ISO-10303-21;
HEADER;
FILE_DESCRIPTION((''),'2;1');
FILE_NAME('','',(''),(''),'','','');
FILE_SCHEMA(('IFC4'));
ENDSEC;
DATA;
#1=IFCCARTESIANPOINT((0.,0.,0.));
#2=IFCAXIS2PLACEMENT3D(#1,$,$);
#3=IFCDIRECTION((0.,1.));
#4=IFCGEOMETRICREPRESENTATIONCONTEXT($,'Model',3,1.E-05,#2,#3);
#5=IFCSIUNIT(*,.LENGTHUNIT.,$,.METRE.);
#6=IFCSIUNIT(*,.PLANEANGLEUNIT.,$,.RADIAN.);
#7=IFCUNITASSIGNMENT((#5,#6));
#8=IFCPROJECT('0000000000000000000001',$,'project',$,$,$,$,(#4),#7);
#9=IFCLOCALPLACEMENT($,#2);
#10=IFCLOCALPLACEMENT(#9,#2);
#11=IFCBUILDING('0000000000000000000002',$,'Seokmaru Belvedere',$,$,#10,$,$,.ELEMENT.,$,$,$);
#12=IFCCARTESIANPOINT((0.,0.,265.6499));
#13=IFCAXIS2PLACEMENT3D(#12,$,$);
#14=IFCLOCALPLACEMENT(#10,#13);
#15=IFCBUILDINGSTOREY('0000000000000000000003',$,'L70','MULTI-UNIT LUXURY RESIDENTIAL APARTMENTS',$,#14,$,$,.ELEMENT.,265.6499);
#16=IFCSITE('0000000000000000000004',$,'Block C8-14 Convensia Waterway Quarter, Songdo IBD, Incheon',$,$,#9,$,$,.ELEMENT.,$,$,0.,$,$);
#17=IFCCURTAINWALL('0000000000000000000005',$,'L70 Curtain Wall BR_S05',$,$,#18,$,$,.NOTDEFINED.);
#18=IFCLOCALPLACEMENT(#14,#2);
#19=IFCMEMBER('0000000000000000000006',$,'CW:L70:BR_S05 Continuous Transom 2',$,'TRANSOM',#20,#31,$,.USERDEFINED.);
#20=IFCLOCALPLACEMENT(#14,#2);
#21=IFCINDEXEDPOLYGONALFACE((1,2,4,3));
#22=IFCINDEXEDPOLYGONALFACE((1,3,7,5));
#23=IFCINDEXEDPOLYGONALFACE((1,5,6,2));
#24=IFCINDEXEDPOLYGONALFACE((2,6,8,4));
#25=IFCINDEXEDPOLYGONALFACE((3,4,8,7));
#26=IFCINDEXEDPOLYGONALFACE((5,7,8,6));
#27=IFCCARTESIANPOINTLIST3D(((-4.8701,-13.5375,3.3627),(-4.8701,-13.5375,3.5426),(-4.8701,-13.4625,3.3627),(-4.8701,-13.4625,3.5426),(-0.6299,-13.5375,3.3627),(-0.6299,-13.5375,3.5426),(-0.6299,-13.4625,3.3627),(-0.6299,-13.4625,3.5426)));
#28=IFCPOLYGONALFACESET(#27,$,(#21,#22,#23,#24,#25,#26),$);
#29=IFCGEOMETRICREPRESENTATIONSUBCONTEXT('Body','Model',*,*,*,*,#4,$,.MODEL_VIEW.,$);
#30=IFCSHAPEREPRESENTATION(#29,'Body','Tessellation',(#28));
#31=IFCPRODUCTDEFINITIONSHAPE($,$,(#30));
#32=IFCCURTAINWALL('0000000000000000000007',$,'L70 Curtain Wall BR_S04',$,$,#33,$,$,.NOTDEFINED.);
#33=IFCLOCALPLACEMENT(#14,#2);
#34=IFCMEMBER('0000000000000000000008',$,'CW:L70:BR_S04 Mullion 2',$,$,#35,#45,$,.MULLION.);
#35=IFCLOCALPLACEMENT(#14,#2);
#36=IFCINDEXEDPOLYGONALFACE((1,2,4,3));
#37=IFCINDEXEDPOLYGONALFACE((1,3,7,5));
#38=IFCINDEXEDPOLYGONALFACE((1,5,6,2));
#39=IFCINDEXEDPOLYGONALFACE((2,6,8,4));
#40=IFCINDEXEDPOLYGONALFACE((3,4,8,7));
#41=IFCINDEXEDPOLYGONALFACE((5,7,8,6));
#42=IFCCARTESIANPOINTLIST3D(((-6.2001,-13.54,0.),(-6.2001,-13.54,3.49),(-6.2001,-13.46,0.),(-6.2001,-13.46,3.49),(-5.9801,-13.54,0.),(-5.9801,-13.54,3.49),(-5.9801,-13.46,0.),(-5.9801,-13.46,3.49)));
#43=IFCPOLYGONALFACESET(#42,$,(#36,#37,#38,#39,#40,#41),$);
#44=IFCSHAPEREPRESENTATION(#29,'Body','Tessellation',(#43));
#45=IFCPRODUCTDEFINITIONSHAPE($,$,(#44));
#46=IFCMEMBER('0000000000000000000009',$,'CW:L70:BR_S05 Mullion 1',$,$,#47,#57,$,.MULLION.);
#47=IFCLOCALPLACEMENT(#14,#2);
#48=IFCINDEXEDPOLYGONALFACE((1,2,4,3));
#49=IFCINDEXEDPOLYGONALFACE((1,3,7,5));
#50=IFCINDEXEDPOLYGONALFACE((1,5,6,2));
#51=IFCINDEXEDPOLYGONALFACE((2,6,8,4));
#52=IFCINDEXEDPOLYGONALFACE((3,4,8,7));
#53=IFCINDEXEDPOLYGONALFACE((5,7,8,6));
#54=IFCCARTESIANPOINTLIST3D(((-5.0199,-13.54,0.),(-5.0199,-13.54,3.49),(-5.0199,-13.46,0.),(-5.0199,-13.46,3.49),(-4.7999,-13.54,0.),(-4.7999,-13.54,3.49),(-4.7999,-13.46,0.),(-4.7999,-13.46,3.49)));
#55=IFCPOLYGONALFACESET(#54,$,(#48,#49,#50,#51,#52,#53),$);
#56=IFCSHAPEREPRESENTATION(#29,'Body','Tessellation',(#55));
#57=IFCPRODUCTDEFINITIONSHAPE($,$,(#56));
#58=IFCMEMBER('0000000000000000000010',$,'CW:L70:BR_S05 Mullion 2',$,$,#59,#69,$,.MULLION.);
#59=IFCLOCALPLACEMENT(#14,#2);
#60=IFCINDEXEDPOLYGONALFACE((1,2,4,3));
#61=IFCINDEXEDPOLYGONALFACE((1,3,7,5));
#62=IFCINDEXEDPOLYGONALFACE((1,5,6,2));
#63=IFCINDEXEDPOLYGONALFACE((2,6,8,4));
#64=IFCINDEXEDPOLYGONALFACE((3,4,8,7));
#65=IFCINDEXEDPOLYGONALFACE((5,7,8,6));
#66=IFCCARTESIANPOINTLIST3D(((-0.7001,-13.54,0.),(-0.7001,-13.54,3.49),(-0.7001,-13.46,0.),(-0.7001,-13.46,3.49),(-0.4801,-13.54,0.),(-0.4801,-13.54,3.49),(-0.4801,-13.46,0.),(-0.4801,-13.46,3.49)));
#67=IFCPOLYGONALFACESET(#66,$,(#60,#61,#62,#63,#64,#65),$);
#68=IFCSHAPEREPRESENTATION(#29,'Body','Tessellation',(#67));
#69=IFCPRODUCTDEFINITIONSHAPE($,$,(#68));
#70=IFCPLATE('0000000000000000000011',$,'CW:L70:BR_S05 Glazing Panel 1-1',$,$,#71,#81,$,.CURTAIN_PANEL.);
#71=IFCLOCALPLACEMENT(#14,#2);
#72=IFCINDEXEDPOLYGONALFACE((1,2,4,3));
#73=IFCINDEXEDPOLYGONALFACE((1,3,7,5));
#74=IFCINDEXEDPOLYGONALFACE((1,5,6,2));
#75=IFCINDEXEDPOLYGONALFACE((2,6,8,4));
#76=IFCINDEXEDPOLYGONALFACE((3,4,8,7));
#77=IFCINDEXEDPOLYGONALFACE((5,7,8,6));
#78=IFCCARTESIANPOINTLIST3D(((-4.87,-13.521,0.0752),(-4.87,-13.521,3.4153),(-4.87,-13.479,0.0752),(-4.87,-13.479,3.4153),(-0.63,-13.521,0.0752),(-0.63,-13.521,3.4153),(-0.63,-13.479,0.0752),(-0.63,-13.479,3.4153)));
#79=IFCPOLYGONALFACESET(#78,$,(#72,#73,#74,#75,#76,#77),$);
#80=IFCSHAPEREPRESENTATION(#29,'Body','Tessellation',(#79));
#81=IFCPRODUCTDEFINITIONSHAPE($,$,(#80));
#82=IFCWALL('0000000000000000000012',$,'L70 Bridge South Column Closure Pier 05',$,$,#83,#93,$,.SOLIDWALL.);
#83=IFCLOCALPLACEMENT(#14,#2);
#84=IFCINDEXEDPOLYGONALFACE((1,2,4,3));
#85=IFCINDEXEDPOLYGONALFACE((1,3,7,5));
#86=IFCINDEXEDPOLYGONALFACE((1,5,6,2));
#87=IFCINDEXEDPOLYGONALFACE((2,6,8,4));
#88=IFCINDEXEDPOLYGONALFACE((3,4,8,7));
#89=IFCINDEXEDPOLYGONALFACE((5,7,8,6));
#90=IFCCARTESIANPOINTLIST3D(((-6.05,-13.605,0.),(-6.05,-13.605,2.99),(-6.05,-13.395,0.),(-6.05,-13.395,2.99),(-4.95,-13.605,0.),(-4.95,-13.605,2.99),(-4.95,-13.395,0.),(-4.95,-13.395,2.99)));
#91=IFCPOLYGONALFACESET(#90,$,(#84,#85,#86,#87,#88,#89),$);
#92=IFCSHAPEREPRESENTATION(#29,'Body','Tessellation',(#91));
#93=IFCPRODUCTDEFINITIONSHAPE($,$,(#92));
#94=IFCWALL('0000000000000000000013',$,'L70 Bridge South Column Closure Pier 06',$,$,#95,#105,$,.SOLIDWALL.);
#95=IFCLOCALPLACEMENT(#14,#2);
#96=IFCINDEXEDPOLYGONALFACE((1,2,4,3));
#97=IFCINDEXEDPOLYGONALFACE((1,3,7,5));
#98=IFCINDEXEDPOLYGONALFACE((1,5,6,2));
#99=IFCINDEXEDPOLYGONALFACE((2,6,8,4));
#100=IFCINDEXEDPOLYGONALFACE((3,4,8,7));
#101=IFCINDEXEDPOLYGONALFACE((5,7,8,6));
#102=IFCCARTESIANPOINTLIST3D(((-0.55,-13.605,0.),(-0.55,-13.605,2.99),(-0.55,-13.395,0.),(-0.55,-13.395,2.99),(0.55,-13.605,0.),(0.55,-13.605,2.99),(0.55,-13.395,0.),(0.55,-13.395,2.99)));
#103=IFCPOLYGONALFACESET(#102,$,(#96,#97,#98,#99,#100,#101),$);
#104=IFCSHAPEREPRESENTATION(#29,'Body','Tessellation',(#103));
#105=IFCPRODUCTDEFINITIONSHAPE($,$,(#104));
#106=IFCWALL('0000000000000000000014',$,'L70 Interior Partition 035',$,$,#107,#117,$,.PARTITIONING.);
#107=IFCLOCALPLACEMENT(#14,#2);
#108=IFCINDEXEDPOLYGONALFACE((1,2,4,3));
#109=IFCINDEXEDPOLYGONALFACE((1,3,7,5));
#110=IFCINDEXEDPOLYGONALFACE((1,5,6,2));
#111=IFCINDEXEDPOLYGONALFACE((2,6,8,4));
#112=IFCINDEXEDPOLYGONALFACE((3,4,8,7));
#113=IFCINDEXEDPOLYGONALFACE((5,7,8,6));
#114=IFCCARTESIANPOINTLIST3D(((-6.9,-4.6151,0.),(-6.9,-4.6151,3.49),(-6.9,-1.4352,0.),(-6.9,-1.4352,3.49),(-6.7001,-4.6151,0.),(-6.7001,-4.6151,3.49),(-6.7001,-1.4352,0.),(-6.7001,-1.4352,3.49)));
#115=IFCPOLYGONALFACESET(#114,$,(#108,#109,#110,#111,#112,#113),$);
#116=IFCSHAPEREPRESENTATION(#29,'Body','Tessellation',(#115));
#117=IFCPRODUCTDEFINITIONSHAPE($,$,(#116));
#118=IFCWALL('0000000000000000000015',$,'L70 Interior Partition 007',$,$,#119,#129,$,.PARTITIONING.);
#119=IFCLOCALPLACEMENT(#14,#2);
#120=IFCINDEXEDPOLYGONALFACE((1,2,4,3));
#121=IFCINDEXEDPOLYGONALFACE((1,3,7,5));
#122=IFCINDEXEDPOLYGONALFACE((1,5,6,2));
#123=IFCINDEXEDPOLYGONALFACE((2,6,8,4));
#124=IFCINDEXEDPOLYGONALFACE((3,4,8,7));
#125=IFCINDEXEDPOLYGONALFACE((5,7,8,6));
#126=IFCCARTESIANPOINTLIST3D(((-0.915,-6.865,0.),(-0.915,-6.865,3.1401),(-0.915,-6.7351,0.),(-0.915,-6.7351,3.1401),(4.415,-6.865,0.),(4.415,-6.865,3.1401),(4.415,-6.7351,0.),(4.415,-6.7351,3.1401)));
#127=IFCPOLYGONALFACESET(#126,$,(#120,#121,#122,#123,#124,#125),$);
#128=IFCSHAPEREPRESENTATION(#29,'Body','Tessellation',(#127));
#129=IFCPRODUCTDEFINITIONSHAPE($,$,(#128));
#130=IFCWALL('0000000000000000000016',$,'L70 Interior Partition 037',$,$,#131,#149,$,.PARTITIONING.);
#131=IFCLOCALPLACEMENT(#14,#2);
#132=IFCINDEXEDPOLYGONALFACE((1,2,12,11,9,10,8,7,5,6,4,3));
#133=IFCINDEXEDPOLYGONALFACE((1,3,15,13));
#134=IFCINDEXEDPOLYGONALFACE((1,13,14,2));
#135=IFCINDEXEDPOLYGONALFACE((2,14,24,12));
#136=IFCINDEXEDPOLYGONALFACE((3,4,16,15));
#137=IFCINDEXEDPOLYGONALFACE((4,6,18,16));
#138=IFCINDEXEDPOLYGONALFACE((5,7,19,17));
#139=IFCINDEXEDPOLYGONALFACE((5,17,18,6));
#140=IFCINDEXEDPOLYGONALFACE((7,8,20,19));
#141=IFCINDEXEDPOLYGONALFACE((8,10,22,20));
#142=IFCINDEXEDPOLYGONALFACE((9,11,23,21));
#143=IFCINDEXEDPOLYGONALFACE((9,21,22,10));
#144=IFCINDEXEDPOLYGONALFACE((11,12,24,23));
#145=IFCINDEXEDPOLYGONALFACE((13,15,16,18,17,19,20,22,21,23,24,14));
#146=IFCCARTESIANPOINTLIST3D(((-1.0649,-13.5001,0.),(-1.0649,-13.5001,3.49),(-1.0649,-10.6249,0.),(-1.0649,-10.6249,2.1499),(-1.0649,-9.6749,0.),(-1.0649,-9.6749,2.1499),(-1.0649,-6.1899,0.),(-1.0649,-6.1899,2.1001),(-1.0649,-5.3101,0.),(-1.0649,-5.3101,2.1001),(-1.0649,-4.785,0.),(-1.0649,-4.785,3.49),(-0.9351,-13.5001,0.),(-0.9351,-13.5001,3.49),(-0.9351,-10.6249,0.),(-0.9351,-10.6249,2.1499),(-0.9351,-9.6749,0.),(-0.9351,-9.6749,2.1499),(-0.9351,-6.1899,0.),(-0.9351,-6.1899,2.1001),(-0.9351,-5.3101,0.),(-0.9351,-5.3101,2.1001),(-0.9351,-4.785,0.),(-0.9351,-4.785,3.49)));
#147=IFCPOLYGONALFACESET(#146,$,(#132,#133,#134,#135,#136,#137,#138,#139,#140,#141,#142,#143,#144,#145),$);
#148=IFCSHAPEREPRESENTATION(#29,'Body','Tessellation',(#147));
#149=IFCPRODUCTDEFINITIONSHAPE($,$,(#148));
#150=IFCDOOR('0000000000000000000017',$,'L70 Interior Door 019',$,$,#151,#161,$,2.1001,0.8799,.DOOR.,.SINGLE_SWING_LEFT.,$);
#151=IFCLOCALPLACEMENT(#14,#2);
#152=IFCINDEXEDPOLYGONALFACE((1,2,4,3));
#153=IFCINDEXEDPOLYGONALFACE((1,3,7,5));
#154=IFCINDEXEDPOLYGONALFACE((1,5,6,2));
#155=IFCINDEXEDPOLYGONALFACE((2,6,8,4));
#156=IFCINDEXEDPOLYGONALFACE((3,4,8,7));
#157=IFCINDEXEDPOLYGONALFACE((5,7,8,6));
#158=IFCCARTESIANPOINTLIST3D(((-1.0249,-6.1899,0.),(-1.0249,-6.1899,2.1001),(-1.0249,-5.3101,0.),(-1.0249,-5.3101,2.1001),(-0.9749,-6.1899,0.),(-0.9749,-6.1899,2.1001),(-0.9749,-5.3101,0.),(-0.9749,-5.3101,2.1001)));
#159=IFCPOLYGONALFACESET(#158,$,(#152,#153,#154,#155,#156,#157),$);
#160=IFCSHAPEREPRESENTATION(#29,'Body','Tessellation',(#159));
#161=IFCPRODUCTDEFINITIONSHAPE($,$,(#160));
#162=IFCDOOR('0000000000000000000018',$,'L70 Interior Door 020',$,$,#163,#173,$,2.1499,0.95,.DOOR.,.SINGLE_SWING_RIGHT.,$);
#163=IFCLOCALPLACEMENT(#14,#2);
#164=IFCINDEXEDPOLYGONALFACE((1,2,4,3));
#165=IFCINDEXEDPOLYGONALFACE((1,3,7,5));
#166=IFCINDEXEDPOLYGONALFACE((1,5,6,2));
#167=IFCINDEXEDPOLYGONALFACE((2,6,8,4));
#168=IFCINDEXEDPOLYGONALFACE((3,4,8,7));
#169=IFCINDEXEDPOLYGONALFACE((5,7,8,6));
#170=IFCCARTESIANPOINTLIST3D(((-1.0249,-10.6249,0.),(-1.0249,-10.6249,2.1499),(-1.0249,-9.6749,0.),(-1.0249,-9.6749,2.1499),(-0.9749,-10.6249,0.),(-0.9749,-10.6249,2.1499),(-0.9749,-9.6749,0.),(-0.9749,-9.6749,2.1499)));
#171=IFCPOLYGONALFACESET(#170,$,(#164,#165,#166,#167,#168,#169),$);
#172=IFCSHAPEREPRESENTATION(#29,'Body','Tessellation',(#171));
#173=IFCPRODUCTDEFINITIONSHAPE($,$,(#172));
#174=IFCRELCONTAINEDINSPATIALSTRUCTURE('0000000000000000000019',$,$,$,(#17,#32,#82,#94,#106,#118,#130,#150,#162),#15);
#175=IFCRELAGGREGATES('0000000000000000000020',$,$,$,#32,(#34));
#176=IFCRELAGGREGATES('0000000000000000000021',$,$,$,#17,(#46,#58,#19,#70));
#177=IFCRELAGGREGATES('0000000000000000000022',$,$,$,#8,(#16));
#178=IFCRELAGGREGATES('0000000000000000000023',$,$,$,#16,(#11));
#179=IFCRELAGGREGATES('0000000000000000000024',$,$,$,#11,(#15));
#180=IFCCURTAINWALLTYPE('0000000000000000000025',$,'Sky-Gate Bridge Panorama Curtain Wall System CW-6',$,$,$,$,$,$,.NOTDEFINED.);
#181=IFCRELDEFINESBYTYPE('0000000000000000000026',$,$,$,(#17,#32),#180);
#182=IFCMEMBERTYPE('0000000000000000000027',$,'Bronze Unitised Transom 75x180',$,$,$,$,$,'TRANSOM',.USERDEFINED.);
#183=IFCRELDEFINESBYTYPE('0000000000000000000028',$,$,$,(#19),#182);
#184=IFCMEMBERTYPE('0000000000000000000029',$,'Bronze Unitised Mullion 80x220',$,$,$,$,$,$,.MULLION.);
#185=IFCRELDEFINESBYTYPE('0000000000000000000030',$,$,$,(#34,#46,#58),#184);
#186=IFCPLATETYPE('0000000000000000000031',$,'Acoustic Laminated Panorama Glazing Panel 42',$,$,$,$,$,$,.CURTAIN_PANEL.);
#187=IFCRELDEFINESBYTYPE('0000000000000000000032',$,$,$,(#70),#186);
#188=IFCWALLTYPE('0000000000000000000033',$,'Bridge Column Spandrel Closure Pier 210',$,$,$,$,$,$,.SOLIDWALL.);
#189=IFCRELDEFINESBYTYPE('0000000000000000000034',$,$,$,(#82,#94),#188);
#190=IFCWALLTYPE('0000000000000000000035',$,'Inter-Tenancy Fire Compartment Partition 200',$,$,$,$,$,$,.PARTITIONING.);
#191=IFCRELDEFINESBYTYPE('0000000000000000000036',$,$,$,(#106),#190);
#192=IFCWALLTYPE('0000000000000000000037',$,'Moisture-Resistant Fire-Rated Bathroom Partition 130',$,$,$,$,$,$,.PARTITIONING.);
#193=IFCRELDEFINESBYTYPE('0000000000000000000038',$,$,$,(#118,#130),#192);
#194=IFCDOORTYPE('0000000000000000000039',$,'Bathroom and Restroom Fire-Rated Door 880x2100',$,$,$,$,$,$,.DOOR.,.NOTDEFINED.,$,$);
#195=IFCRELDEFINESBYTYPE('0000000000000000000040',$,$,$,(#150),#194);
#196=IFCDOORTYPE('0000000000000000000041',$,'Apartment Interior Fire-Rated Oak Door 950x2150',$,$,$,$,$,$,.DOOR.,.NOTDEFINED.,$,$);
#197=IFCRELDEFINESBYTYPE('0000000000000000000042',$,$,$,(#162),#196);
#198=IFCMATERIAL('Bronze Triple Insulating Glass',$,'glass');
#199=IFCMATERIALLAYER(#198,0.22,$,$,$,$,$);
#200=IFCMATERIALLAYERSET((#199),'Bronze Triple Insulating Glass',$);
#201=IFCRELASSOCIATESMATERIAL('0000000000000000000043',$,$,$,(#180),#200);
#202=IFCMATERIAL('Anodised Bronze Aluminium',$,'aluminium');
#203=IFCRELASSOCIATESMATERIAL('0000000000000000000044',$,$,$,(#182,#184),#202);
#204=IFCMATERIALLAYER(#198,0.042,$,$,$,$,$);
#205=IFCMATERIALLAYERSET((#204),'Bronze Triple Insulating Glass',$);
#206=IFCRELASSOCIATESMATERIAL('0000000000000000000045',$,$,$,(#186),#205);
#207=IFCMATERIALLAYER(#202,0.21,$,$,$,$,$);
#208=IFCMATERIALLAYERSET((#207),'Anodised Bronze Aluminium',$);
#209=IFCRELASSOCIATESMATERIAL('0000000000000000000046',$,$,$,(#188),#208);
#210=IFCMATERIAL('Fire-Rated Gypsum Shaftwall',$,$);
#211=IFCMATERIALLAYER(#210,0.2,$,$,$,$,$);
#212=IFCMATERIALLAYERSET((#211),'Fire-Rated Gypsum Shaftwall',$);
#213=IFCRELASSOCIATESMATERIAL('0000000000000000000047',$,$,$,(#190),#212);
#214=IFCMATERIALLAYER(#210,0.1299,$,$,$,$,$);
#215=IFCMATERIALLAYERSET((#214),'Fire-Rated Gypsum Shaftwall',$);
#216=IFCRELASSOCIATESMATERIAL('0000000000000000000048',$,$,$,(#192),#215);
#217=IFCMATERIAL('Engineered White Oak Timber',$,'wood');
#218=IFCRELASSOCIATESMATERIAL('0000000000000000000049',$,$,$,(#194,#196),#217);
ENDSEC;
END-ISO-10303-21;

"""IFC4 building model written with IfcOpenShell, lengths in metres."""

from ifc_helpers import new_model, si_unit, direction, frame, frame_2d, origin, origin_2d, place, context, subcontext, project, spatial, rectangle, extrude, source, transform, mapped, material, layer, layer_set, material_profile, profile_set, type_object, type_shapes, element, fill, aggregate, save


model = new_model("IFC4")

# Units and contexts
model_context = context("Model", 3, precision=1e-05, world=origin(), true_north=direction((0.0, 1.0)))
body_context = subcontext(model_context, "Body", "Model", "MODEL_VIEW")
ifc_project = project(units=[si_unit("LENGTHUNIT", "METRE"), si_unit("PLANEANGLEUNIT", "RADIAN")], contexts=[model_context])

# Site, building, storey
site_placement = place(None, origin())
site = spatial("IfcSite", under=ifc_project, at=site_placement, Name="Block C8-14 Convensia Waterway Quarter, Songdo IBD, Incheon", CompositionType="ELEMENT", RefElevation=0.0)
building_placement = place(site_placement, origin())
building = spatial("IfcBuilding", under=site, at=building_placement, Name="Seokmaru Belvedere", CompositionType="ELEMENT")
storey_placement = place(building_placement, frame((0.0, 0.0, 265.6499)))
storey = spatial("IfcBuildingStorey", under=building, at=storey_placement, Name="L70", Description="MULTI-UNIT LUXURY RESIDENTIAL APARTMENTS", CompositionType="ELEMENT", Elevation=265.6499)

# Curtain wall, member
ifc_material_1 = material(Name="Bronze Triple Insulating Glass", Category="glass")
ifc_layer_1 = layer(ifc_material_1, 0.22)
ifc_layer_set_1 = layer_set([ifc_layer_1], Name="Bronze Triple Insulating Glass")
curtain_wall_type = type_object("IfcCurtainWallType", Name="Sky-Gate Bridge Panorama Curtain Wall System CW-6", PredefinedType="NOTDEFINED", material=ifc_layer_set_1)
curtain_wall_1_placement = place(storey_placement, origin())
curtain_wall_1 = element("IfcCurtainWall", 1, at=curtain_wall_1_placement, inside=storey, type_object=curtain_wall_type, Name="L70 Curtain Wall BR_S05", PredefinedType="NOTDEFINED")
ifc_material_2 = material(Name="Anodised Bronze Aluminium", Category="aluminium")
ifc_material_profile_1 = material_profile(ifc_material_2, rectangle(XDim=0.075, YDim=0.1799, at=origin_2d()), Name="CW-T-75x180")
ifc_profile_set_1 = profile_set([ifc_material_profile_1], Name="Anodised Bronze Aluminium")
member_type_1 = type_object("IfcMemberType", Name="Bronze Unitised Transom 75x180", ElementType="TRANSOM", PredefinedType="USERDEFINED", material=ifc_profile_set_1)
shared_shape_1 = source(origin(), body_context, "Body", "SweptSolid", [
    extrude(rectangle(XDim=0.075, YDim=0.1799, at=origin_2d()), origin(), (0.0, 0.0, 1.0), 4.2402),
])
type_shapes(member_type_1, [shared_shape_1])
member_1_placement = place(storey_placement, frame((-4.8701, -13.5, 3.4526), z_axis=(1.0, 0.0, 0.0), x_axis=(0.0, 1.0, 0.0)))
member_1 = element("IfcMember", 2, at=member_1_placement, type_object=member_type_1, Name="CW:L70:BR_S05 Continuous Transom 2", ObjectType="TRANSOM", PredefinedType="USERDEFINED", context=body_context, shape_type="MappedRepresentation", body=[
    mapped(shared_shape_1, transform((0.0, 0.0, 0.0), scale=1.0)),
])

# Curtain wall, member
curtain_wall_2_placement = place(storey_placement, origin())
curtain_wall_2 = element("IfcCurtainWall", 3, at=curtain_wall_2_placement, inside=storey, type_object=curtain_wall_type, Name="L70 Curtain Wall BR_S04", PredefinedType="NOTDEFINED")
ifc_material_profile_2 = material_profile(ifc_material_2, rectangle(XDim=0.0801, YDim=0.22, at=origin_2d()), Name="CW-M-80x220")
ifc_profile_set_2 = profile_set([ifc_material_profile_2], Name="Anodised Bronze Aluminium")
member_type_2 = type_object("IfcMemberType", Name="Bronze Unitised Mullion 80x220", PredefinedType="MULLION", material=ifc_profile_set_2)
shared_shape_2 = source(origin(), body_context, "Body", "SweptSolid", [
    extrude(rectangle(XDim=0.0801, YDim=0.22, at=origin_2d()), origin(), (0.0, 0.0, 1.0), 3.49),
])
type_shapes(member_type_2, [shared_shape_2])
member_2_placement = place(storey_placement, frame((-6.0901, -13.5, 0.0), z_axis=(0.0, 0.0, 1.0), x_axis=(0.0, 1.0, 0.0)))
member_2 = element("IfcMember", 4, at=member_2_placement, type_object=member_type_2, Name="CW:L70:BR_S04 Mullion 2", PredefinedType="MULLION", context=body_context, shape_type="MappedRepresentation", body=[
    mapped(shared_shape_2, transform((0.0, 0.0, 0.0), scale=1.0)),
])
aggregate(curtain_wall_2, [member_2])

# Members
member_3_placement = place(storey_placement, frame((-4.9099, -13.5, 0.0), z_axis=(0.0, 0.0, 1.0), x_axis=(0.0, 1.0, 0.0)))
member_3 = element("IfcMember", 5, at=member_3_placement, type_object=member_type_2, Name="CW:L70:BR_S05 Mullion 1", PredefinedType="MULLION", context=body_context, shape_type="MappedRepresentation", body=[
    mapped(shared_shape_2, transform((0.0, 0.0, 0.0), scale=1.0)),
])
member_4_placement = place(storey_placement, frame((-0.5901, -13.5, 0.0), z_axis=(0.0, 0.0, 1.0), x_axis=(0.0, 1.0, 0.0)))
member_4 = element("IfcMember", 6, at=member_4_placement, type_object=member_type_2, Name="CW:L70:BR_S05 Mullion 2", PredefinedType="MULLION", context=body_context, shape_type="MappedRepresentation", body=[
    mapped(shared_shape_2, transform((0.0, 0.0, 0.0), scale=1.0)),
])

# Plate
ifc_layer_2 = layer(ifc_material_1, 0.042)
ifc_layer_set_2 = layer_set([ifc_layer_2], Name="Bronze Triple Insulating Glass")
plate_type = type_object("IfcPlateType", Name="Acoustic Laminated Panorama Glazing Panel 42", PredefinedType="CURTAIN_PANEL", material=ifc_layer_set_2)
shared_shape_3 = source(origin(), body_context, "Body", "SweptSolid", [
    extrude(rectangle(XDim=4.24, YDim=0.042, at=origin_2d()), origin(), (0.0, 0.0, 1.0), 3.3401),
])
type_shapes(plate_type, [shared_shape_3])
plate_placement = place(storey_placement, frame((-2.75, -13.5, 0.0752), z_axis=(0.0, 0.0, 1.0), x_axis=(1.0, 0.0, 0.0)))
plate = element("IfcPlate", 7, at=plate_placement, type_object=plate_type, Name="CW:L70:BR_S05 Glazing Panel 1-1", PredefinedType="CURTAIN_PANEL", context=body_context, shape_type="MappedRepresentation", body=[
    mapped(shared_shape_3, transform((0.0, 0.0, 0.0), scale=1.0)),
])
aggregate(curtain_wall_1, [member_3, member_4, member_1, plate])

# Walls
ifc_layer_3 = layer(ifc_material_2, 0.21)
ifc_layer_set_3 = layer_set([ifc_layer_3], Name="Anodised Bronze Aluminium")
wall_type_1 = type_object("IfcWallType", Name="Bridge Column Spandrel Closure Pier 210", PredefinedType="SOLIDWALL", material=ifc_layer_set_3)
for number, where, z_axis, x_axis, name in (
    (8, (-6.05, -13.5, 0.0), (0.0, 0.0, 1.0), (1.0, 0.0, 0.0), "L70 Bridge South Column Closure Pier 05"),
    (9, (-0.55, -13.5, 0.0), (0.0, 0.0, 1.0), (1.0, 0.0, 0.0), "L70 Bridge South Column Closure Pier 06"),
):
    element("IfcWall", number, at=place(storey_placement, frame(where, z_axis=z_axis, x_axis=x_axis)), inside=storey, type_object=wall_type_1, Name=name, PredefinedType="SOLIDWALL", context=body_context, shape_type="SweptSolid", body=[
        extrude(rectangle(XDim=1.1001, YDim=0.21, at=frame_2d((0.55, 0.0))), origin(), (0.0, 0.0, 1.0), 2.99),
    ])
ifc_material_3 = material(Name="Fire-Rated Gypsum Shaftwall")
ifc_layer_4 = layer(ifc_material_3, 0.2)
ifc_layer_set_4 = layer_set([ifc_layer_4], Name="Fire-Rated Gypsum Shaftwall")
wall_type_2 = type_object("IfcWallType", Name="Inter-Tenancy Fire Compartment Partition 200", PredefinedType="PARTITIONING", material=ifc_layer_set_4)
wall_1_placement = place(storey_placement, frame((-6.8, -4.615, 0.0), z_axis=(0.0, 0.0, 1.0), x_axis=(0.0, 1.0, 0.0)))
element("IfcWall", 10, at=wall_1_placement, inside=storey, type_object=wall_type_2, Name="L70 Interior Partition 035", PredefinedType="PARTITIONING", context=body_context, shape_type="SweptSolid", body=[
    extrude(rectangle(XDim=3.1799, YDim=0.2, at=frame_2d((1.5898, 0.0))), origin(), (0.0, 0.0, 1.0), 3.49),
])
ifc_layer_5 = layer(ifc_material_3, 0.1299)
ifc_layer_set_5 = layer_set([ifc_layer_5], Name="Fire-Rated Gypsum Shaftwall")
wall_type_3 = type_object("IfcWallType", Name="Moisture-Resistant Fire-Rated Bathroom Partition 130", PredefinedType="PARTITIONING", material=ifc_layer_set_5)
wall_2_placement = place(storey_placement, frame((-0.915, -6.8, 0.0), z_axis=(0.0, 0.0, 1.0), x_axis=(1.0, 0.0, 0.0)))
element("IfcWall", 11, at=wall_2_placement, inside=storey, type_object=wall_type_3, Name="L70 Interior Partition 007", PredefinedType="PARTITIONING", context=body_context, shape_type="SweptSolid", body=[
    extrude(rectangle(XDim=5.3301, YDim=0.1299, at=frame_2d((2.665, 0.0))), origin(), (0.0, 0.0, 1.0), 3.1401),
])

# Wall, openings, doors
wall_3_placement = place(storey_placement, frame((-1.0, -13.5, 0.0), z_axis=(0.0, 0.0, 1.0), x_axis=(0.0, 1.0, 0.0)))
wall_3 = element("IfcWall", 12, at=wall_3_placement, inside=storey, type_object=wall_type_3, Name="L70 Interior Partition 037", PredefinedType="PARTITIONING", context=body_context, shape_type="SweptSolid", body=[
    extrude(rectangle(XDim=8.7151, YDim=0.1299, at=frame_2d((4.3574, 0.0))), origin(), (0.0, 0.0, 1.0), 3.49),
])
opening_1_placement = place(wall_3_placement, frame((7.3101, 0.0, 0.0)))
opening_1 = element("IfcOpeningElement", 13, at=opening_1_placement, cuts=wall_3, PredefinedType="OPENING", context=body_context, shape_type="SweptSolid", body=[
    extrude(rectangle(XDim=0.8799, YDim=2.1001, at=frame_2d((0.4399, 1.05))), frame((0.0, 0.075, 0.0), z_axis=(0.0, -1.0, 0.0), x_axis=(1.0, 0.0, 0.0)), (0.0, 0.0, 1.0), 0.1499),
])
opening_2_placement = place(wall_3_placement, frame((2.875, 0.0, 0.0)))
opening_2 = element("IfcOpeningElement", 14, at=opening_2_placement, cuts=wall_3, PredefinedType="OPENING", context=body_context, shape_type="SweptSolid", body=[
    extrude(rectangle(XDim=0.95, YDim=2.1499, at=frame_2d((0.4751, 1.075))), frame((0.0, 0.075, 0.0), z_axis=(0.0, -1.0, 0.0), x_axis=(1.0, 0.0, 0.0)), (0.0, 0.0, 1.0), 0.1499),
])
ifc_material_4 = material(Name="Engineered White Oak Timber", Category="wood")
door_type_1 = type_object("IfcDoorType", Name="Bathroom and Restroom Fire-Rated Door 880x2100", OperationType="NOTDEFINED", PredefinedType="DOOR", material=ifc_material_4)
shared_shape_4 = source(origin(), body_context, "Body", "SweptSolid", [
    extrude(rectangle(XDim=0.8799, YDim=2.1001, at=frame_2d((0.4399, 1.05))), frame((0.0, 0.0249, 0.0), z_axis=(0.0, -1.0, 0.0), x_axis=(1.0, 0.0, 0.0)), (0.0, 0.0, 1.0), 0.05),
])
type_shapes(door_type_1, [shared_shape_4])
door_1_placement = place(opening_1_placement, origin())
door_1 = element("IfcDoor", 15, at=door_1_placement, inside=storey, type_object=door_type_1, Name="L70 Interior Door 019", OperationType="SINGLE_SWING_LEFT", OverallHeight=2.1001, OverallWidth=0.8799, PredefinedType="DOOR", context=body_context, shape_type="MappedRepresentation", body=[
    mapped(shared_shape_4, transform((0.0, 0.0, 0.0), scale=1.0)),
])
fill(opening_1, door_1)
door_type_2 = type_object("IfcDoorType", Name="Apartment Interior Fire-Rated Oak Door 950x2150", OperationType="NOTDEFINED", PredefinedType="DOOR", material=ifc_material_4)
shared_shape_5 = source(origin(), body_context, "Body", "SweptSolid", [
    extrude(rectangle(XDim=0.95, YDim=2.1499, at=frame_2d((0.4751, 1.075))), frame((0.0, 0.0249, 0.0), z_axis=(0.0, -1.0, 0.0), x_axis=(1.0, 0.0, 0.0)), (0.0, 0.0, 1.0), 0.05),
])
type_shapes(door_type_2, [shared_shape_5])
door_2_placement = place(opening_2_placement, origin())
door_2 = element("IfcDoor", 16, at=door_2_placement, inside=storey, type_object=door_type_2, Name="L70 Interior Door 020", OperationType="SINGLE_SWING_RIGHT", OverallHeight=2.1499, OverallWidth=0.95, PredefinedType="DOOR", context=body_context, shape_type="MappedRepresentation", body=[
    mapped(shared_shape_5, transform((0.0, 0.0, 0.0), scale=1.0)),
])
fill(opening_2, door_2)

save(model, "model.ifc")
